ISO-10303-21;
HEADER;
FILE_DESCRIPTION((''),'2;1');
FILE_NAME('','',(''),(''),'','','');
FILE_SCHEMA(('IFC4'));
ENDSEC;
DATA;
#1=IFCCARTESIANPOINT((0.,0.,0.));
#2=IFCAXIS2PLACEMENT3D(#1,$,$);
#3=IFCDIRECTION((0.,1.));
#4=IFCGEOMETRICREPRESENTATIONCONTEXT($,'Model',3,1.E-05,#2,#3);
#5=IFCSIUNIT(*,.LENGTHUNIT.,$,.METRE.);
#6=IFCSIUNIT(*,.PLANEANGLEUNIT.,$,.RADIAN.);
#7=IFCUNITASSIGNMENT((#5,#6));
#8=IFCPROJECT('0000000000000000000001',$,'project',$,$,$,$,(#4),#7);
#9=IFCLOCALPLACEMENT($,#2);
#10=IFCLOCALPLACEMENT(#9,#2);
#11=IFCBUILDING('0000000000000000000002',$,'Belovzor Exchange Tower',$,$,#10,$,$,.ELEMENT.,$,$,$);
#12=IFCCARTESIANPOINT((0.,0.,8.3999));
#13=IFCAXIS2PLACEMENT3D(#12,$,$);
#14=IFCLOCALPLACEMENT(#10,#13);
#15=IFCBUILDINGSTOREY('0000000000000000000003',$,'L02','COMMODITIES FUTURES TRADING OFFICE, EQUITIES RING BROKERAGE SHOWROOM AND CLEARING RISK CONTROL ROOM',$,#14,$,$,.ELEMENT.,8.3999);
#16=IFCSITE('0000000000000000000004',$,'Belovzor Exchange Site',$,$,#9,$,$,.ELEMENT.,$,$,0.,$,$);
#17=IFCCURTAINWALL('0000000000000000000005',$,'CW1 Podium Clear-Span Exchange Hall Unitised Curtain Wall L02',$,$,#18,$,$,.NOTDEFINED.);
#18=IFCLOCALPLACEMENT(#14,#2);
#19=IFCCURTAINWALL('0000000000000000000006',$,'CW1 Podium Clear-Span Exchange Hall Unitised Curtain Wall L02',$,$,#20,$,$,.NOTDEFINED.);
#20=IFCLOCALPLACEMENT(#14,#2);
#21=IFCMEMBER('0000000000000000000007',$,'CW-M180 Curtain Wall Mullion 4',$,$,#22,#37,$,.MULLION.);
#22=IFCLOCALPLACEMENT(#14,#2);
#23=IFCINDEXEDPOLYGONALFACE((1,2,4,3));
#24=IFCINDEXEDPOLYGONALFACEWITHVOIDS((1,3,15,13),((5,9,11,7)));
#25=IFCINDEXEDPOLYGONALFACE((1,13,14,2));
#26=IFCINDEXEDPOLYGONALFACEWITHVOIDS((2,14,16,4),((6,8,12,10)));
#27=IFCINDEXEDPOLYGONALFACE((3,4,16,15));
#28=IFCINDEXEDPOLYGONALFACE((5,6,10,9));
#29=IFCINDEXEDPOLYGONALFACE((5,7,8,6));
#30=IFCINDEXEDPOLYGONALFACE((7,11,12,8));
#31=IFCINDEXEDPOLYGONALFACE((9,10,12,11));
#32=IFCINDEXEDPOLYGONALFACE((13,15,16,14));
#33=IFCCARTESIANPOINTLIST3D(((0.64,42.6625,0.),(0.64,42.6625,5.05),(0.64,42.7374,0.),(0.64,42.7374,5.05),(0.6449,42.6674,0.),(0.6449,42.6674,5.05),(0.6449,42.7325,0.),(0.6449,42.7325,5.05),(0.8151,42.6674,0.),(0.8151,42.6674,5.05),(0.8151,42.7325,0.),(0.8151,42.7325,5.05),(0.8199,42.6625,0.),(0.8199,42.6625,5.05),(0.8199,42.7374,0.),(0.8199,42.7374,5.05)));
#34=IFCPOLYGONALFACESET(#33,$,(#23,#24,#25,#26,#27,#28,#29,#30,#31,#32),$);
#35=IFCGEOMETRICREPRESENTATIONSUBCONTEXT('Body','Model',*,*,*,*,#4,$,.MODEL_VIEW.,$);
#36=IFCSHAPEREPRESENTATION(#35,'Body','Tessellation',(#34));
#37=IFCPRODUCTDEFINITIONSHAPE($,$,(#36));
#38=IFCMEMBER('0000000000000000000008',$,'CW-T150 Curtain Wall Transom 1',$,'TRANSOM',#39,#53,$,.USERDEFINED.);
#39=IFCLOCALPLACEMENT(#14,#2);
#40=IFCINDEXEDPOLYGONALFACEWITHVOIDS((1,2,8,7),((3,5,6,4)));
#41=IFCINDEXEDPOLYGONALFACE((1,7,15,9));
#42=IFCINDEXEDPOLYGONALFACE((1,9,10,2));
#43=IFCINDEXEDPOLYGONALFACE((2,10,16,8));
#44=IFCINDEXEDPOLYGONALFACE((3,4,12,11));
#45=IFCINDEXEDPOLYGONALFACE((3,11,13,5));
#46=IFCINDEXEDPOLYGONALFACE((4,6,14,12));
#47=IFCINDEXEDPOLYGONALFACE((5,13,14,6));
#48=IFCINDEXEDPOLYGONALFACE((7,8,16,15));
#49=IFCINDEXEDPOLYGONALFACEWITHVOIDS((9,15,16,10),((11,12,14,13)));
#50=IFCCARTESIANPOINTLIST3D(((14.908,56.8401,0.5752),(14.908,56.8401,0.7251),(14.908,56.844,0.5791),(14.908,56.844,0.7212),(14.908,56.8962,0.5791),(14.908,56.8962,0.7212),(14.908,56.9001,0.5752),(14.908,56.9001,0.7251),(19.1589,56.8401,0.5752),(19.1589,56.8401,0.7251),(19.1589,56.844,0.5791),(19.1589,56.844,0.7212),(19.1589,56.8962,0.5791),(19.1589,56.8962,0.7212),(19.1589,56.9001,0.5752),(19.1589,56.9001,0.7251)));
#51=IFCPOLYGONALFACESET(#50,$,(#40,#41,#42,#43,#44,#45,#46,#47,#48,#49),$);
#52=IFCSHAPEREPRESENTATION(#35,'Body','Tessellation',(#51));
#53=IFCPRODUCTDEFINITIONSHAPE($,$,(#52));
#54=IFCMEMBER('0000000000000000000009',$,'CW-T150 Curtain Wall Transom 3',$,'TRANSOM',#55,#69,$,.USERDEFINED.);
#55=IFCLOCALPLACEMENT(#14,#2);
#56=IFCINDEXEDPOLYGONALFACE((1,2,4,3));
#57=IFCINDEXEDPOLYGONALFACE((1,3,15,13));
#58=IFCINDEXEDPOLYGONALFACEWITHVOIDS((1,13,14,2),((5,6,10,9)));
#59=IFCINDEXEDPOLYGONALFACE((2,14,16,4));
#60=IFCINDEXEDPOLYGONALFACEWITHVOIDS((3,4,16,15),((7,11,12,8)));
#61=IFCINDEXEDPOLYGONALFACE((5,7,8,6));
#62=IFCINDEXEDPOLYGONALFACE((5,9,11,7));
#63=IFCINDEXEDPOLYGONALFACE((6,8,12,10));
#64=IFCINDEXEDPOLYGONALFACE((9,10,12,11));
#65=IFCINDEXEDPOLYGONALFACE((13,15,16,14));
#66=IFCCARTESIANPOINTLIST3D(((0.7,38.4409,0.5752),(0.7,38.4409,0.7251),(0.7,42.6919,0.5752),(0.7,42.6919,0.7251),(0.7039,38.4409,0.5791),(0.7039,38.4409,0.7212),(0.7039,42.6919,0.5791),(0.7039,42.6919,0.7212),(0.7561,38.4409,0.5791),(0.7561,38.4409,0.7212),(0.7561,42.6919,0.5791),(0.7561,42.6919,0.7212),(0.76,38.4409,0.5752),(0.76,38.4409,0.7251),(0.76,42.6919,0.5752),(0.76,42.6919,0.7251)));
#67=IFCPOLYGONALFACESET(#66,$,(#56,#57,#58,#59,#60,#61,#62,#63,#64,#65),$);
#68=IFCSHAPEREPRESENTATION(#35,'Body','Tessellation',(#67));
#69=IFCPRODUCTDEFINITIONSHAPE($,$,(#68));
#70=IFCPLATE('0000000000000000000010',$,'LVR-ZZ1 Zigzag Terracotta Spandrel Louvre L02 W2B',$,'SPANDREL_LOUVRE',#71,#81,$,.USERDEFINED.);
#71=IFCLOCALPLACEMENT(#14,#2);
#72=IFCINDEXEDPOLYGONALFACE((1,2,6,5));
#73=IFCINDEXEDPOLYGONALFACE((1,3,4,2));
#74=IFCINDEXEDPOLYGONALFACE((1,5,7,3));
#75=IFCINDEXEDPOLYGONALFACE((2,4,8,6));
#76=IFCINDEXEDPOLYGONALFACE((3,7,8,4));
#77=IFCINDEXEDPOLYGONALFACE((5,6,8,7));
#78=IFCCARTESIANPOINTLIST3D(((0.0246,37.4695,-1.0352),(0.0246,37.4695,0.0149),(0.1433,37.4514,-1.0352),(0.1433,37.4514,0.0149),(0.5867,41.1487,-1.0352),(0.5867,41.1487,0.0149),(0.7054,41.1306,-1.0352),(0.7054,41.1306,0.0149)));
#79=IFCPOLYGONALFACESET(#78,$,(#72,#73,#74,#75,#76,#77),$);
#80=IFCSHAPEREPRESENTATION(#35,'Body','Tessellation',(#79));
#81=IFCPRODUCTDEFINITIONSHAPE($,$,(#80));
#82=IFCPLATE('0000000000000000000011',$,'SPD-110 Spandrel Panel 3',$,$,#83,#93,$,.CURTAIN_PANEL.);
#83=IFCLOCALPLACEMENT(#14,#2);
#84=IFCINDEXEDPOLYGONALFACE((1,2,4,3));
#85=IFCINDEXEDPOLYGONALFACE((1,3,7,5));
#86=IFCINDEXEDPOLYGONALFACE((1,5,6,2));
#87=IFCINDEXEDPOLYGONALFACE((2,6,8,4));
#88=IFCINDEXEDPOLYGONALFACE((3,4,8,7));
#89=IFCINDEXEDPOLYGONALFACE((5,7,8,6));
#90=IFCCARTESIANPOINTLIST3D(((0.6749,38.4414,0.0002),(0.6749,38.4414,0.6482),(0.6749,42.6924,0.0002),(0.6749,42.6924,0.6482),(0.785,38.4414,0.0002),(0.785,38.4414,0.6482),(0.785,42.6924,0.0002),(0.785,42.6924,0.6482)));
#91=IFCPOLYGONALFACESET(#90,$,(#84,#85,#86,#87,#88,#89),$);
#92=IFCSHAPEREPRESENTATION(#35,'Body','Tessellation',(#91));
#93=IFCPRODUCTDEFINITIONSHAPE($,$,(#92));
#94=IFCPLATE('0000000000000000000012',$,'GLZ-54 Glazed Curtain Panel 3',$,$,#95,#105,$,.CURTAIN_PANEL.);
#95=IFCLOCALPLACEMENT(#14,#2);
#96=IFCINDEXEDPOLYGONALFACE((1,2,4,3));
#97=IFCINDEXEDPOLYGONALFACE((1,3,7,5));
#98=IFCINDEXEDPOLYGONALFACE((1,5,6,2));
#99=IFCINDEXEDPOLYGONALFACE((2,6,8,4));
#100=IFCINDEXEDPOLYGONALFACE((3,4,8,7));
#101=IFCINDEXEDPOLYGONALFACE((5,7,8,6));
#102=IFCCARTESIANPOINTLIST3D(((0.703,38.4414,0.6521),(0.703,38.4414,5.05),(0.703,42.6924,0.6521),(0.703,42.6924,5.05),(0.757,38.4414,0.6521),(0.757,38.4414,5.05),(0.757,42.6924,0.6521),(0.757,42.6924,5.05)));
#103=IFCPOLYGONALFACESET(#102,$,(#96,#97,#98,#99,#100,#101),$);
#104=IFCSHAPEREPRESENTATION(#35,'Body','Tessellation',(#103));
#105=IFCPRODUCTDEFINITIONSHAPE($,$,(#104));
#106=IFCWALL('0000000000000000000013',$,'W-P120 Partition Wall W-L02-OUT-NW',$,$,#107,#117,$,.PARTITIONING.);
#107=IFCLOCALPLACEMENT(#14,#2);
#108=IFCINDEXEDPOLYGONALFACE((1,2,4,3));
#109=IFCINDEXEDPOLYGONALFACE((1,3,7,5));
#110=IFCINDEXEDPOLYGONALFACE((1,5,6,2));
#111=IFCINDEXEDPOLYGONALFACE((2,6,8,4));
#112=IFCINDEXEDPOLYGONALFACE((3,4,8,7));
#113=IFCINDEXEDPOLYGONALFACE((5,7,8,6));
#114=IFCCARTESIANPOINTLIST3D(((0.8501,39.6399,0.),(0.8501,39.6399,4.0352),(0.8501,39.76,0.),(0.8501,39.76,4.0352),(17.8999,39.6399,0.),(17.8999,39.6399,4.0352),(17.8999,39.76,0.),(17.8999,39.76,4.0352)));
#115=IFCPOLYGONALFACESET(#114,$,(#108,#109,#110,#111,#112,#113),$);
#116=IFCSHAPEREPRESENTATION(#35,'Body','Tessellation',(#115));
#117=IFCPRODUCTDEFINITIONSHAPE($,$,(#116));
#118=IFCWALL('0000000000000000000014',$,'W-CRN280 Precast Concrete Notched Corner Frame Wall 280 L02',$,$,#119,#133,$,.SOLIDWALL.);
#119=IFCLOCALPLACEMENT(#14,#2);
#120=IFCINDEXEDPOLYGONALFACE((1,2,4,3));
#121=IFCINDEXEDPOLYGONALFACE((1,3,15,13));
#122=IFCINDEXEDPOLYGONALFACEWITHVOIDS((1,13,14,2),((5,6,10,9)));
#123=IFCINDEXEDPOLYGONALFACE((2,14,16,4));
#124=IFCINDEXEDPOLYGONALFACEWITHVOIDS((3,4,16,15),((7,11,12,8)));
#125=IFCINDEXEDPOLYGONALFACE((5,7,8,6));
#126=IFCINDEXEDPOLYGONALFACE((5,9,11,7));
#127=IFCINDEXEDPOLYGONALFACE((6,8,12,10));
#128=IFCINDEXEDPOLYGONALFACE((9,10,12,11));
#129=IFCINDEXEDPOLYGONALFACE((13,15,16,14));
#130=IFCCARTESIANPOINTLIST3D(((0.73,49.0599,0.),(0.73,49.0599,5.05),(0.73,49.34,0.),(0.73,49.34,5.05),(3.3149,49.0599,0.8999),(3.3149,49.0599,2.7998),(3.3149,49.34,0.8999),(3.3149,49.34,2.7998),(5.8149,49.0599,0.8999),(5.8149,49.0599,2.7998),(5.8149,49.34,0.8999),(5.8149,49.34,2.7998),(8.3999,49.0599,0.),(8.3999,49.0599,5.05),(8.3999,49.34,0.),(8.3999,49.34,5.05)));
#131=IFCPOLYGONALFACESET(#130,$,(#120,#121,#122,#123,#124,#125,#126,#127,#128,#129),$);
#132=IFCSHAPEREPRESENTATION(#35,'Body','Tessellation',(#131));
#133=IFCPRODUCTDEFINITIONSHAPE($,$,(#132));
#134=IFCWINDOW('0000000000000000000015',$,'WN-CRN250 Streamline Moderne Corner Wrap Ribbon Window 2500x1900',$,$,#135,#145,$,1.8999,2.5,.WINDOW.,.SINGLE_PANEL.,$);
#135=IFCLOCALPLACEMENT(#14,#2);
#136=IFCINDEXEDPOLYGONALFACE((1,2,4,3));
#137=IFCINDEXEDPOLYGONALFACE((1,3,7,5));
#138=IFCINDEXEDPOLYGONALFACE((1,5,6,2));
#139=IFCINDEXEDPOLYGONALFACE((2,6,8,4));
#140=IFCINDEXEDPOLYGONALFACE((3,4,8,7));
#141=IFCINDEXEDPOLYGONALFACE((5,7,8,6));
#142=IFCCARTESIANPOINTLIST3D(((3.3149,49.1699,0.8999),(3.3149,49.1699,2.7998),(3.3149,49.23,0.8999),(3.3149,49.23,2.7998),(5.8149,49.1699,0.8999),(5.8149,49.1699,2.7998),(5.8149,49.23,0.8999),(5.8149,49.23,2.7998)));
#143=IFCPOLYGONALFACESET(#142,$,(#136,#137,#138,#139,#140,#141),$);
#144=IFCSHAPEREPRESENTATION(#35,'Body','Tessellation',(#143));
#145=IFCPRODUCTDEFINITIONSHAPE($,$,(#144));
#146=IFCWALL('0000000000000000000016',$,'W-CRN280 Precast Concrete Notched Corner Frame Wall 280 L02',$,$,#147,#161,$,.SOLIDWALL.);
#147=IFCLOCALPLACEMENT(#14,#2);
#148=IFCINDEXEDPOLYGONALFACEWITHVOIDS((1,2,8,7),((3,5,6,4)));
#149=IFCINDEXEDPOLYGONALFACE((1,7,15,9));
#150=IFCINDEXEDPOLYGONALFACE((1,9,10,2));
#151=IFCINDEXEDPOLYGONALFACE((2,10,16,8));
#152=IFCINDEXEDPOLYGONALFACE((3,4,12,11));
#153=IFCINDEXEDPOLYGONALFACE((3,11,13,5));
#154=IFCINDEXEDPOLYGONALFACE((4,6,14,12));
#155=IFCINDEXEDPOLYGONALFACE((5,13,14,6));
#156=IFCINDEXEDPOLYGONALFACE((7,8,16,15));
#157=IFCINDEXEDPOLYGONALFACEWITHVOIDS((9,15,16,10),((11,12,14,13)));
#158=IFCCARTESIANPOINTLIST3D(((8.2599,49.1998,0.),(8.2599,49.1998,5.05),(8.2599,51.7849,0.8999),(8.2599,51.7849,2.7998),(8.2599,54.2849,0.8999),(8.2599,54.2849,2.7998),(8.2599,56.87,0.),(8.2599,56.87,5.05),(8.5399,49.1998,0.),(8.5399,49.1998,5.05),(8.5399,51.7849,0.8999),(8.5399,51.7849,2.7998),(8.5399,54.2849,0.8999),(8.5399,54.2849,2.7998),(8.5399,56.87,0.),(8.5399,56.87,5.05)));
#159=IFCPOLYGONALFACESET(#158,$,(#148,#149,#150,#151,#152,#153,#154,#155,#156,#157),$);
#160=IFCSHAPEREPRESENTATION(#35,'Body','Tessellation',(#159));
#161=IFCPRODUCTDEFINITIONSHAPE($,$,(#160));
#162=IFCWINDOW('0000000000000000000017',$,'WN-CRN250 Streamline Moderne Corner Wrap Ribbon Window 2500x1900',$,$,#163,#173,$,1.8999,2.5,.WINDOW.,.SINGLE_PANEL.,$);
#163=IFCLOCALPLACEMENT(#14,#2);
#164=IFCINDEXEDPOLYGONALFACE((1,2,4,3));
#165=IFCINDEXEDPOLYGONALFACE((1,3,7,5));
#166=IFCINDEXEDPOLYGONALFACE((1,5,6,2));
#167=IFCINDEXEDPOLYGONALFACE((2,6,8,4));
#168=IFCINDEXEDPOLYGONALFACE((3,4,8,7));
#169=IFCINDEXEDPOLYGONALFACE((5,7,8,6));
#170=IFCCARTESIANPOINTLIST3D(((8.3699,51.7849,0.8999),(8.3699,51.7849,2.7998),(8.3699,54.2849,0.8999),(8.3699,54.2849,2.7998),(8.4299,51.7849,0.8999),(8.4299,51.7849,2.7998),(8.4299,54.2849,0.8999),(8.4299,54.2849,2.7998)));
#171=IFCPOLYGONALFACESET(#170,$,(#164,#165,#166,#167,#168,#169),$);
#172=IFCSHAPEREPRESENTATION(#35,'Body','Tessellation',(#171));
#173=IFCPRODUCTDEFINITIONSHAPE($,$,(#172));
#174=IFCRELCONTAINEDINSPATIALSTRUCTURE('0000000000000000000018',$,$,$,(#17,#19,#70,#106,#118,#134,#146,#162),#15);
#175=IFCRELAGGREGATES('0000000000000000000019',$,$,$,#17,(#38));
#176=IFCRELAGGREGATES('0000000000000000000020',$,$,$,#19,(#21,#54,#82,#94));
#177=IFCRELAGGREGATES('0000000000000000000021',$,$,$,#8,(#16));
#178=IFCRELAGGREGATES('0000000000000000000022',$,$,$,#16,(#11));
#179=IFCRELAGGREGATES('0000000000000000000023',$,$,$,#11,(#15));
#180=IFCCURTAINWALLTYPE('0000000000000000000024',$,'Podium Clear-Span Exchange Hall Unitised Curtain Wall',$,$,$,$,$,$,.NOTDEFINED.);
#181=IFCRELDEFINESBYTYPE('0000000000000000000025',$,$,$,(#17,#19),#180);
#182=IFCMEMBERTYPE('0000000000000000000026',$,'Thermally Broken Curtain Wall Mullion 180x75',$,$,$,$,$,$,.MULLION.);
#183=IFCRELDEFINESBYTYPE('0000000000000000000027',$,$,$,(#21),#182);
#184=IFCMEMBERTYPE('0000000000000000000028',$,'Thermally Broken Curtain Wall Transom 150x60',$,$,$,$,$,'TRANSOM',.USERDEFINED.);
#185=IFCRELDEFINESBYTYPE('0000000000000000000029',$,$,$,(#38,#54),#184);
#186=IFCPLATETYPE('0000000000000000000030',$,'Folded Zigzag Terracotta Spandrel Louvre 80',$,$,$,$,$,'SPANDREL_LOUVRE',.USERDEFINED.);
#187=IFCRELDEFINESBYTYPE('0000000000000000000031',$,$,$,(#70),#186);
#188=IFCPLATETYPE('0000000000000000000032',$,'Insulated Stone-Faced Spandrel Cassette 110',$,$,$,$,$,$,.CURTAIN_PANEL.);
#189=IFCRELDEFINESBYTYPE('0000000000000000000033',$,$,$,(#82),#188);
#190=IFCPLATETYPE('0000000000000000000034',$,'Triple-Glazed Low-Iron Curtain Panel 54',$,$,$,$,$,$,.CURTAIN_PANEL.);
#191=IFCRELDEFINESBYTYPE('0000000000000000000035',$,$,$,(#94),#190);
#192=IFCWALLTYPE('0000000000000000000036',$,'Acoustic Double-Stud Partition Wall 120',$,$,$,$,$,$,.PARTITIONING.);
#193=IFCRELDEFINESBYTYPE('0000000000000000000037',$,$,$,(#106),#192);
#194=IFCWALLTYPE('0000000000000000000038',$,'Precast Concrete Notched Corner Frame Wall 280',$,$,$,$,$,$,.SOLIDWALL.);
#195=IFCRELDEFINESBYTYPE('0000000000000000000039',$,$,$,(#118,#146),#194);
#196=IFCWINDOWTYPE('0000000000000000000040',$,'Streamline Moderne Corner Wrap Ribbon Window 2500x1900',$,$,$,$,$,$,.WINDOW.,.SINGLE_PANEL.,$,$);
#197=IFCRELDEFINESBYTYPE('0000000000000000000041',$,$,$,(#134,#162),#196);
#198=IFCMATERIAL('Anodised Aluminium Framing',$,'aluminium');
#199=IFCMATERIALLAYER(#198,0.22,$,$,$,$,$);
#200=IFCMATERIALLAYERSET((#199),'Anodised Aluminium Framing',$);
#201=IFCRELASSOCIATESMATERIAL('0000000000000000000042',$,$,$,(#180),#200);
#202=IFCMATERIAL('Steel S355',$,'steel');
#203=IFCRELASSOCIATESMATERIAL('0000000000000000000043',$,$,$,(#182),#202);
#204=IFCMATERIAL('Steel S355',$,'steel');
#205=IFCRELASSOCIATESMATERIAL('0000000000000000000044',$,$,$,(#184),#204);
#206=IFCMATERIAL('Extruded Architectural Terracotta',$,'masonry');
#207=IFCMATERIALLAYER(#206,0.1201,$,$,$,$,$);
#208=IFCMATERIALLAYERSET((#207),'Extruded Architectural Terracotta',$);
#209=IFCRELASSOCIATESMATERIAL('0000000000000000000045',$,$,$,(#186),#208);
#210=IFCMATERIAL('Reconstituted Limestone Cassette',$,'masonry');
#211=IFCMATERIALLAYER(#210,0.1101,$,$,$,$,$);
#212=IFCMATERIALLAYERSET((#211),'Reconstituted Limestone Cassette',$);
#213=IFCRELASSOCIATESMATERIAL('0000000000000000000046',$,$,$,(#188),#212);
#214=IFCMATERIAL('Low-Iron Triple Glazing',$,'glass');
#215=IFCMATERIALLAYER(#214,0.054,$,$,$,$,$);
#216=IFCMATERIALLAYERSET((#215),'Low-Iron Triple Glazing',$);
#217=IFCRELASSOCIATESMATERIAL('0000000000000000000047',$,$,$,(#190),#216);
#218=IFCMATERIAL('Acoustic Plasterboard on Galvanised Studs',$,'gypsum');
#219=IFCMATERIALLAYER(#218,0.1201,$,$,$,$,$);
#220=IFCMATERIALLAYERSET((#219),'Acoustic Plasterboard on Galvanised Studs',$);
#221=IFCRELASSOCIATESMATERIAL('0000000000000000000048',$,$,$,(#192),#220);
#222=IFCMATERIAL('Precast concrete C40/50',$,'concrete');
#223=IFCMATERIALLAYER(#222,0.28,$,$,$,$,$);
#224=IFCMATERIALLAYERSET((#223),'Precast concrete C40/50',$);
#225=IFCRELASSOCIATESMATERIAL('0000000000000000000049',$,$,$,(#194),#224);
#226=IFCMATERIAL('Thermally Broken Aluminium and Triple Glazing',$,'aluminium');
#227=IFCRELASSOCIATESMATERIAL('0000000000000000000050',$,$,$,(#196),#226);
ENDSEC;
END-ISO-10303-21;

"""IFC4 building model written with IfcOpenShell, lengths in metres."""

from ifc_helpers import new_model, si_unit, direction, frame, frame_2d, origin, origin_2d, place, context, subcontext, project, spatial, rectangle, hollow_rectangle, extrude, material, layer, layer_set, material_profile, profile_set, type_object, element, fill, aggregate, save


model = new_model("IFC4")

# Units and contexts
model_context = context("Model", 3, precision=1e-05, world=origin(), true_north=direction((0.0, 1.0)))
body_context = subcontext(model_context, "Body", "Model", "MODEL_VIEW")
ifc_project = project(units=[si_unit("LENGTHUNIT", "METRE"), si_unit("PLANEANGLEUNIT", "RADIAN")], contexts=[model_context])

# Site, building, storey
site_placement = place(None, origin())
site = spatial("IfcSite", under=ifc_project, at=site_placement, Name="Belovzor Exchange Site", CompositionType="ELEMENT", RefElevation=0.0)
building_placement = place(site_placement, origin())
building = spatial("IfcBuilding", under=site, at=building_placement, Name="Belovzor Exchange Tower", CompositionType="ELEMENT")
storey_placement = place(building_placement, frame((0.0, 0.0, 8.3999)))
storey = spatial("IfcBuildingStorey", under=building, at=storey_placement, Name="L02", Description="COMMODITIES FUTURES TRADING OFFICE, EQUITIES RING BROKERAGE SHOWROOM AND CLEARING RISK CONTROL ROOM", CompositionType="ELEMENT", Elevation=8.3999)

# Curtain wall
ifc_material_1 = material(Name="Anodised Aluminium Framing", Category="aluminium")
ifc_layer_1 = layer(ifc_material_1, 0.22)
ifc_layer_set_1 = layer_set([ifc_layer_1], Name="Anodised Aluminium Framing")
curtain_wall_type = type_object("IfcCurtainWallType", Name="Podium Clear-Span Exchange Hall Unitised Curtain Wall", PredefinedType="NOTDEFINED", material=ifc_layer_set_1)
curtain_wall_1_placement = place(storey_placement, origin())
curtain_wall_1 = element("IfcCurtainWall", 1, at=curtain_wall_1_placement, inside=storey, type_object=curtain_wall_type, Name="CW1 Podium Clear-Span Exchange Hall Unitised Curtain Wall L02", PredefinedType="NOTDEFINED")
ifc_material_2 = material(Name="Steel S355", Category="steel")
ifc_material_profile_1 = material_profile(ifc_material_2, hollow_rectangle(XDim=0.075, YDim=0.1799, WallThickness=0.0049, at=origin_2d()))
ifc_profile_set_1 = profile_set([ifc_material_profile_1], Name="Steel S355")
member_type_1 = type_object("IfcMemberType", Name="Thermally Broken Curtain Wall Mullion 180x75", PredefinedType="MULLION", material=ifc_profile_set_1)

# Curtain wall, member
curtain_wall_2_placement = place(storey_placement, origin())
curtain_wall_2 = element("IfcCurtainWall", 2, at=curtain_wall_2_placement, inside=storey, type_object=curtain_wall_type, Name="CW1 Podium Clear-Span Exchange Hall Unitised Curtain Wall L02", PredefinedType="NOTDEFINED")
member_1_placement = place(storey_placement, frame((0.73, 42.7, 0.0), z_axis=(0.0, 0.0, 1.0), x_axis=(0.0, 1.0, 0.0)))
member_1 = element("IfcMember", 3, at=member_1_placement, type_object=member_type_1, Name="CW-M180 Curtain Wall Mullion 4", PredefinedType="MULLION", context=body_context, shape_type="SweptSolid", body=[
    extrude(hollow_rectangle(XDim=0.075, YDim=0.1799, WallThickness=0.0049, at=origin_2d()), origin(), (0.0, 0.0, 1.0), 5.05),
])

# Members
ifc_material_3 = material(Name="Steel S355", Category="steel")
ifc_material_profile_2 = material_profile(ifc_material_3, hollow_rectangle(XDim=0.0601, YDim=0.1499, WallThickness=0.0039, at=origin_2d()))
ifc_profile_set_2 = profile_set([ifc_material_profile_2], Name="Steel S355")
member_type_2 = type_object("IfcMemberType", Name="Thermally Broken Curtain Wall Transom 150x60", ElementType="TRANSOM", PredefinedType="USERDEFINED", material=ifc_profile_set_2)
member_2_placement = place(storey_placement, frame((14.908, 56.8701, 0.6501), z_axis=(1.0, 0.0, 0.0), x_axis=(0.0, 1.0, 0.0)))
member_2 = element("IfcMember", 4, at=member_2_placement, type_object=member_type_2, Name="CW-T150 Curtain Wall Transom 1", ObjectType="TRANSOM", PredefinedType="USERDEFINED", context=body_context, shape_type="SweptSolid", body=[
    extrude(hollow_rectangle(XDim=0.0601, YDim=0.1499, WallThickness=0.0039, at=origin_2d()), origin(), (0.0, 0.0, 1.0), 4.251),
])
aggregate(curtain_wall_1, [member_2])
member_3_placement = place(storey_placement, frame((0.73, 38.4409, 0.6501), z_axis=(0.0, 1.0, 0.0), x_axis=(-1.0, 0.0, 0.0)))
member_3 = element("IfcMember", 5, at=member_3_placement, type_object=member_type_2, Name="CW-T150 Curtain Wall Transom 3", ObjectType="TRANSOM", PredefinedType="USERDEFINED", context=body_context, shape_type="SweptSolid", body=[
    extrude(hollow_rectangle(XDim=0.0601, YDim=0.1499, WallThickness=0.0039, at=origin_2d()), origin(), (0.0, 0.0, 1.0), 4.251),
])

# Plates
ifc_material_4 = material(Name="Extruded Architectural Terracotta", Category="masonry")
ifc_layer_2 = layer(ifc_material_4, 0.1201)
ifc_layer_set_2 = layer_set([ifc_layer_2], Name="Extruded Architectural Terracotta")
plate_type_1 = type_object("IfcPlateType", Name="Folded Zigzag Terracotta Spandrel Louvre 80", ElementType="SPANDREL_LOUVRE", PredefinedType="USERDEFINED", material=ifc_layer_set_2)
plate_1_placement = place(storey_placement, frame((0.365, 39.3, -1.0352), z_axis=(0.0, 0.0, 1.0), x_axis=(0.151019, 0.988531, 0.0)))
element("IfcPlate", 6, at=plate_1_placement, inside=storey, type_object=plate_type_1, Name="LVR-ZZ1 Zigzag Terracotta Spandrel Louvre L02 W2B", ObjectType="SPANDREL_LOUVRE", PredefinedType="USERDEFINED", context=body_context, shape_type="SweptSolid", body=[
    extrude(rectangle(XDim=3.7219, YDim=0.1201, at=origin_2d()), origin(), (0.0, 0.0, 1.0), 1.05),
])
ifc_material_5 = material(Name="Reconstituted Limestone Cassette", Category="masonry")
ifc_layer_3 = layer(ifc_material_5, 0.1101)
ifc_layer_set_3 = layer_set([ifc_layer_3], Name="Reconstituted Limestone Cassette")
plate_type_2 = type_object("IfcPlateType", Name="Insulated Stone-Faced Spandrel Cassette 110", PredefinedType="CURTAIN_PANEL", material=ifc_layer_set_3)
plate_2_placement = place(storey_placement, frame((0.73, 40.5669, 0.0002), z_axis=(0.0, 0.0, 1.0), x_axis=(0.0, 1.0, 0.0)))
plate_2 = element("IfcPlate", 7, at=plate_2_placement, type_object=plate_type_2, Name="SPD-110 Spandrel Panel 3", PredefinedType="CURTAIN_PANEL", context=body_context, shape_type="SweptSolid", body=[
    extrude(rectangle(XDim=4.251, YDim=0.1101, at=origin_2d()), origin(), (0.0, 0.0, 1.0), 0.6479),
])
ifc_material_6 = material(Name="Low-Iron Triple Glazing", Category="glass")
ifc_layer_4 = layer(ifc_material_6, 0.054)
ifc_layer_set_4 = layer_set([ifc_layer_4], Name="Low-Iron Triple Glazing")
plate_type_3 = type_object("IfcPlateType", Name="Triple-Glazed Low-Iron Curtain Panel 54", PredefinedType="CURTAIN_PANEL", material=ifc_layer_set_4)
plate_3_placement = place(storey_placement, frame((0.73, 40.5669, 0.6521), z_axis=(0.0, 0.0, 1.0), x_axis=(0.0, 1.0, 0.0)))
plate_3 = element("IfcPlate", 8, at=plate_3_placement, type_object=plate_type_3, Name="GLZ-54 Glazed Curtain Panel 3", PredefinedType="CURTAIN_PANEL", context=body_context, shape_type="SweptSolid", body=[
    extrude(rectangle(XDim=4.251, YDim=0.054, at=origin_2d()), origin(), (0.0, 0.0, 1.0), 4.3979),
])
aggregate(curtain_wall_2, [member_1, member_3, plate_2, plate_3])

# Wall
ifc_material_7 = material(Name="Acoustic Plasterboard on Galvanised Studs", Category="gypsum")
ifc_layer_5 = layer(ifc_material_7, 0.1201)
ifc_layer_set_5 = layer_set([ifc_layer_5], Name="Acoustic Plasterboard on Galvanised Studs")
wall_type_1 = type_object("IfcWallType", Name="Acoustic Double-Stud Partition Wall 120", PredefinedType="PARTITIONING", material=ifc_layer_set_5)
wall_1_placement = place(storey_placement, frame((0.8501, 39.7, 0.0), z_axis=(0.0, 0.0, 1.0), x_axis=(1.0, 0.0, 0.0)))
element("IfcWall", 9, at=wall_1_placement, inside=storey, type_object=wall_type_1, Name="W-P120 Partition Wall W-L02-OUT-NW", PredefinedType="PARTITIONING", context=body_context, shape_type="SweptSolid", body=[
    extrude(rectangle(XDim=17.0498, YDim=0.1201, at=frame_2d((8.5249, 0.0))), origin(), (0.0, 0.0, 1.0), 4.0352),
])

# Walls, openings, windows
ifc_material_8 = material(Name="Precast concrete C40/50", Category="concrete")
ifc_layer_6 = layer(ifc_material_8, 0.28)
ifc_layer_set_6 = layer_set([ifc_layer_6], Name="Precast concrete C40/50")
wall_type_2 = type_object("IfcWallType", Name="Precast Concrete Notched Corner Frame Wall 280", PredefinedType="SOLIDWALL", material=ifc_layer_set_6)
wall_2_placement = place(storey_placement, frame((0.73, 49.2, 0.0), z_axis=(0.0, 0.0, 1.0), x_axis=(1.0, 0.0, 0.0)))
wall_2 = element("IfcWall", 10, at=wall_2_placement, inside=storey, type_object=wall_type_2, Name="W-CRN280 Precast Concrete Notched Corner Frame Wall 280 L02", PredefinedType="SOLIDWALL", context=body_context, shape_type="SweptSolid", body=[
    extrude(rectangle(XDim=7.6699, YDim=0.28, at=frame_2d((3.835, 0.0))), origin(), (0.0, 0.0, 1.0), 5.05),
])
opening_1_placement = place(wall_2_placement, frame((2.585, 0.0, 0.8999)))
opening_1 = element("IfcOpeningElement", 11, at=opening_1_placement, cuts=wall_2, PredefinedType="OPENING", context=body_context, shape_type="SweptSolid", body=[
    extrude(rectangle(XDim=2.5, YDim=1.8999, at=frame_2d((1.25, 0.95))), frame((0.0, 0.1499, 0.0), z_axis=(0.0, -1.0, 0.0), x_axis=(1.0, 0.0, 0.0)), (0.0, 0.0, 1.0), 0.3),
])
ifc_material_9 = material(Name="Thermally Broken Aluminium and Triple Glazing", Category="aluminium")
window_type = type_object("IfcWindowType", Name="Streamline Moderne Corner Wrap Ribbon Window 2500x1900", PartitioningType="SINGLE_PANEL", PredefinedType="WINDOW", material=ifc_material_9)
window_1_placement = place(opening_1_placement, origin())
window_1 = element("IfcWindow", 12, at=window_1_placement, inside=storey, type_object=window_type, Name="WN-CRN250 Streamline Moderne Corner Wrap Ribbon Window 2500x1900", OverallHeight=1.8999, OverallWidth=2.5, PartitioningType="SINGLE_PANEL", PredefinedType="WINDOW", context=body_context, shape_type="SweptSolid", body=[
    extrude(rectangle(XDim=2.5, YDim=1.8999, at=frame_2d((1.25, 0.95))), frame((0.0, 0.03, 0.0), z_axis=(0.0, -1.0, 0.0), x_axis=(1.0, 0.0, 0.0)), (0.0, 0.0, 1.0), 0.0601),
])
fill(opening_1, window_1)
wall_3_placement = place(storey_placement, frame((8.3999, 49.2, 0.0), z_axis=(0.0, 0.0, 1.0), x_axis=(0.0, 1.0, 0.0)))
wall_3 = element("IfcWall", 13, at=wall_3_placement, inside=storey, type_object=wall_type_2, Name="W-CRN280 Precast Concrete Notched Corner Frame Wall 280 L02", PredefinedType="SOLIDWALL", context=body_context, shape_type="SweptSolid", body=[
    extrude(rectangle(XDim=7.6702, YDim=0.28, at=frame_2d((3.835, 0.0))), origin(), (0.0, 0.0, 1.0), 5.05),
])
opening_2_placement = place(wall_3_placement, frame((2.585, 0.0, 0.8999)))
opening_2 = element("IfcOpeningElement", 14, at=opening_2_placement, cuts=wall_3, PredefinedType="OPENING", context=body_context, shape_type="SweptSolid", body=[
    extrude(rectangle(XDim=2.5, YDim=1.8999, at=frame_2d((1.25, 0.95))), frame((0.0, 0.1499, 0.0), z_axis=(0.0, -1.0, 0.0), x_axis=(1.0, 0.0, 0.0)), (0.0, 0.0, 1.0), 0.3),
])
window_2_placement = place(opening_2_placement, origin())
window_2 = element("IfcWindow", 15, at=window_2_placement, inside=storey, type_object=window_type, Name="WN-CRN250 Streamline Moderne Corner Wrap Ribbon Window 2500x1900", OverallHeight=1.8999, OverallWidth=2.5, PartitioningType="SINGLE_PANEL", PredefinedType="WINDOW", context=body_context, shape_type="SweptSolid", body=[
    extrude(rectangle(XDim=2.5, YDim=1.8999, at=frame_2d((1.25, 0.95))), frame((0.0, 0.03, 0.0), z_axis=(0.0, -1.0, 0.0), x_axis=(1.0, 0.0, 0.0)), (0.0, 0.0, 1.0), 0.0601),
])
fill(opening_2, window_2)

save(model, "model.ifc")
